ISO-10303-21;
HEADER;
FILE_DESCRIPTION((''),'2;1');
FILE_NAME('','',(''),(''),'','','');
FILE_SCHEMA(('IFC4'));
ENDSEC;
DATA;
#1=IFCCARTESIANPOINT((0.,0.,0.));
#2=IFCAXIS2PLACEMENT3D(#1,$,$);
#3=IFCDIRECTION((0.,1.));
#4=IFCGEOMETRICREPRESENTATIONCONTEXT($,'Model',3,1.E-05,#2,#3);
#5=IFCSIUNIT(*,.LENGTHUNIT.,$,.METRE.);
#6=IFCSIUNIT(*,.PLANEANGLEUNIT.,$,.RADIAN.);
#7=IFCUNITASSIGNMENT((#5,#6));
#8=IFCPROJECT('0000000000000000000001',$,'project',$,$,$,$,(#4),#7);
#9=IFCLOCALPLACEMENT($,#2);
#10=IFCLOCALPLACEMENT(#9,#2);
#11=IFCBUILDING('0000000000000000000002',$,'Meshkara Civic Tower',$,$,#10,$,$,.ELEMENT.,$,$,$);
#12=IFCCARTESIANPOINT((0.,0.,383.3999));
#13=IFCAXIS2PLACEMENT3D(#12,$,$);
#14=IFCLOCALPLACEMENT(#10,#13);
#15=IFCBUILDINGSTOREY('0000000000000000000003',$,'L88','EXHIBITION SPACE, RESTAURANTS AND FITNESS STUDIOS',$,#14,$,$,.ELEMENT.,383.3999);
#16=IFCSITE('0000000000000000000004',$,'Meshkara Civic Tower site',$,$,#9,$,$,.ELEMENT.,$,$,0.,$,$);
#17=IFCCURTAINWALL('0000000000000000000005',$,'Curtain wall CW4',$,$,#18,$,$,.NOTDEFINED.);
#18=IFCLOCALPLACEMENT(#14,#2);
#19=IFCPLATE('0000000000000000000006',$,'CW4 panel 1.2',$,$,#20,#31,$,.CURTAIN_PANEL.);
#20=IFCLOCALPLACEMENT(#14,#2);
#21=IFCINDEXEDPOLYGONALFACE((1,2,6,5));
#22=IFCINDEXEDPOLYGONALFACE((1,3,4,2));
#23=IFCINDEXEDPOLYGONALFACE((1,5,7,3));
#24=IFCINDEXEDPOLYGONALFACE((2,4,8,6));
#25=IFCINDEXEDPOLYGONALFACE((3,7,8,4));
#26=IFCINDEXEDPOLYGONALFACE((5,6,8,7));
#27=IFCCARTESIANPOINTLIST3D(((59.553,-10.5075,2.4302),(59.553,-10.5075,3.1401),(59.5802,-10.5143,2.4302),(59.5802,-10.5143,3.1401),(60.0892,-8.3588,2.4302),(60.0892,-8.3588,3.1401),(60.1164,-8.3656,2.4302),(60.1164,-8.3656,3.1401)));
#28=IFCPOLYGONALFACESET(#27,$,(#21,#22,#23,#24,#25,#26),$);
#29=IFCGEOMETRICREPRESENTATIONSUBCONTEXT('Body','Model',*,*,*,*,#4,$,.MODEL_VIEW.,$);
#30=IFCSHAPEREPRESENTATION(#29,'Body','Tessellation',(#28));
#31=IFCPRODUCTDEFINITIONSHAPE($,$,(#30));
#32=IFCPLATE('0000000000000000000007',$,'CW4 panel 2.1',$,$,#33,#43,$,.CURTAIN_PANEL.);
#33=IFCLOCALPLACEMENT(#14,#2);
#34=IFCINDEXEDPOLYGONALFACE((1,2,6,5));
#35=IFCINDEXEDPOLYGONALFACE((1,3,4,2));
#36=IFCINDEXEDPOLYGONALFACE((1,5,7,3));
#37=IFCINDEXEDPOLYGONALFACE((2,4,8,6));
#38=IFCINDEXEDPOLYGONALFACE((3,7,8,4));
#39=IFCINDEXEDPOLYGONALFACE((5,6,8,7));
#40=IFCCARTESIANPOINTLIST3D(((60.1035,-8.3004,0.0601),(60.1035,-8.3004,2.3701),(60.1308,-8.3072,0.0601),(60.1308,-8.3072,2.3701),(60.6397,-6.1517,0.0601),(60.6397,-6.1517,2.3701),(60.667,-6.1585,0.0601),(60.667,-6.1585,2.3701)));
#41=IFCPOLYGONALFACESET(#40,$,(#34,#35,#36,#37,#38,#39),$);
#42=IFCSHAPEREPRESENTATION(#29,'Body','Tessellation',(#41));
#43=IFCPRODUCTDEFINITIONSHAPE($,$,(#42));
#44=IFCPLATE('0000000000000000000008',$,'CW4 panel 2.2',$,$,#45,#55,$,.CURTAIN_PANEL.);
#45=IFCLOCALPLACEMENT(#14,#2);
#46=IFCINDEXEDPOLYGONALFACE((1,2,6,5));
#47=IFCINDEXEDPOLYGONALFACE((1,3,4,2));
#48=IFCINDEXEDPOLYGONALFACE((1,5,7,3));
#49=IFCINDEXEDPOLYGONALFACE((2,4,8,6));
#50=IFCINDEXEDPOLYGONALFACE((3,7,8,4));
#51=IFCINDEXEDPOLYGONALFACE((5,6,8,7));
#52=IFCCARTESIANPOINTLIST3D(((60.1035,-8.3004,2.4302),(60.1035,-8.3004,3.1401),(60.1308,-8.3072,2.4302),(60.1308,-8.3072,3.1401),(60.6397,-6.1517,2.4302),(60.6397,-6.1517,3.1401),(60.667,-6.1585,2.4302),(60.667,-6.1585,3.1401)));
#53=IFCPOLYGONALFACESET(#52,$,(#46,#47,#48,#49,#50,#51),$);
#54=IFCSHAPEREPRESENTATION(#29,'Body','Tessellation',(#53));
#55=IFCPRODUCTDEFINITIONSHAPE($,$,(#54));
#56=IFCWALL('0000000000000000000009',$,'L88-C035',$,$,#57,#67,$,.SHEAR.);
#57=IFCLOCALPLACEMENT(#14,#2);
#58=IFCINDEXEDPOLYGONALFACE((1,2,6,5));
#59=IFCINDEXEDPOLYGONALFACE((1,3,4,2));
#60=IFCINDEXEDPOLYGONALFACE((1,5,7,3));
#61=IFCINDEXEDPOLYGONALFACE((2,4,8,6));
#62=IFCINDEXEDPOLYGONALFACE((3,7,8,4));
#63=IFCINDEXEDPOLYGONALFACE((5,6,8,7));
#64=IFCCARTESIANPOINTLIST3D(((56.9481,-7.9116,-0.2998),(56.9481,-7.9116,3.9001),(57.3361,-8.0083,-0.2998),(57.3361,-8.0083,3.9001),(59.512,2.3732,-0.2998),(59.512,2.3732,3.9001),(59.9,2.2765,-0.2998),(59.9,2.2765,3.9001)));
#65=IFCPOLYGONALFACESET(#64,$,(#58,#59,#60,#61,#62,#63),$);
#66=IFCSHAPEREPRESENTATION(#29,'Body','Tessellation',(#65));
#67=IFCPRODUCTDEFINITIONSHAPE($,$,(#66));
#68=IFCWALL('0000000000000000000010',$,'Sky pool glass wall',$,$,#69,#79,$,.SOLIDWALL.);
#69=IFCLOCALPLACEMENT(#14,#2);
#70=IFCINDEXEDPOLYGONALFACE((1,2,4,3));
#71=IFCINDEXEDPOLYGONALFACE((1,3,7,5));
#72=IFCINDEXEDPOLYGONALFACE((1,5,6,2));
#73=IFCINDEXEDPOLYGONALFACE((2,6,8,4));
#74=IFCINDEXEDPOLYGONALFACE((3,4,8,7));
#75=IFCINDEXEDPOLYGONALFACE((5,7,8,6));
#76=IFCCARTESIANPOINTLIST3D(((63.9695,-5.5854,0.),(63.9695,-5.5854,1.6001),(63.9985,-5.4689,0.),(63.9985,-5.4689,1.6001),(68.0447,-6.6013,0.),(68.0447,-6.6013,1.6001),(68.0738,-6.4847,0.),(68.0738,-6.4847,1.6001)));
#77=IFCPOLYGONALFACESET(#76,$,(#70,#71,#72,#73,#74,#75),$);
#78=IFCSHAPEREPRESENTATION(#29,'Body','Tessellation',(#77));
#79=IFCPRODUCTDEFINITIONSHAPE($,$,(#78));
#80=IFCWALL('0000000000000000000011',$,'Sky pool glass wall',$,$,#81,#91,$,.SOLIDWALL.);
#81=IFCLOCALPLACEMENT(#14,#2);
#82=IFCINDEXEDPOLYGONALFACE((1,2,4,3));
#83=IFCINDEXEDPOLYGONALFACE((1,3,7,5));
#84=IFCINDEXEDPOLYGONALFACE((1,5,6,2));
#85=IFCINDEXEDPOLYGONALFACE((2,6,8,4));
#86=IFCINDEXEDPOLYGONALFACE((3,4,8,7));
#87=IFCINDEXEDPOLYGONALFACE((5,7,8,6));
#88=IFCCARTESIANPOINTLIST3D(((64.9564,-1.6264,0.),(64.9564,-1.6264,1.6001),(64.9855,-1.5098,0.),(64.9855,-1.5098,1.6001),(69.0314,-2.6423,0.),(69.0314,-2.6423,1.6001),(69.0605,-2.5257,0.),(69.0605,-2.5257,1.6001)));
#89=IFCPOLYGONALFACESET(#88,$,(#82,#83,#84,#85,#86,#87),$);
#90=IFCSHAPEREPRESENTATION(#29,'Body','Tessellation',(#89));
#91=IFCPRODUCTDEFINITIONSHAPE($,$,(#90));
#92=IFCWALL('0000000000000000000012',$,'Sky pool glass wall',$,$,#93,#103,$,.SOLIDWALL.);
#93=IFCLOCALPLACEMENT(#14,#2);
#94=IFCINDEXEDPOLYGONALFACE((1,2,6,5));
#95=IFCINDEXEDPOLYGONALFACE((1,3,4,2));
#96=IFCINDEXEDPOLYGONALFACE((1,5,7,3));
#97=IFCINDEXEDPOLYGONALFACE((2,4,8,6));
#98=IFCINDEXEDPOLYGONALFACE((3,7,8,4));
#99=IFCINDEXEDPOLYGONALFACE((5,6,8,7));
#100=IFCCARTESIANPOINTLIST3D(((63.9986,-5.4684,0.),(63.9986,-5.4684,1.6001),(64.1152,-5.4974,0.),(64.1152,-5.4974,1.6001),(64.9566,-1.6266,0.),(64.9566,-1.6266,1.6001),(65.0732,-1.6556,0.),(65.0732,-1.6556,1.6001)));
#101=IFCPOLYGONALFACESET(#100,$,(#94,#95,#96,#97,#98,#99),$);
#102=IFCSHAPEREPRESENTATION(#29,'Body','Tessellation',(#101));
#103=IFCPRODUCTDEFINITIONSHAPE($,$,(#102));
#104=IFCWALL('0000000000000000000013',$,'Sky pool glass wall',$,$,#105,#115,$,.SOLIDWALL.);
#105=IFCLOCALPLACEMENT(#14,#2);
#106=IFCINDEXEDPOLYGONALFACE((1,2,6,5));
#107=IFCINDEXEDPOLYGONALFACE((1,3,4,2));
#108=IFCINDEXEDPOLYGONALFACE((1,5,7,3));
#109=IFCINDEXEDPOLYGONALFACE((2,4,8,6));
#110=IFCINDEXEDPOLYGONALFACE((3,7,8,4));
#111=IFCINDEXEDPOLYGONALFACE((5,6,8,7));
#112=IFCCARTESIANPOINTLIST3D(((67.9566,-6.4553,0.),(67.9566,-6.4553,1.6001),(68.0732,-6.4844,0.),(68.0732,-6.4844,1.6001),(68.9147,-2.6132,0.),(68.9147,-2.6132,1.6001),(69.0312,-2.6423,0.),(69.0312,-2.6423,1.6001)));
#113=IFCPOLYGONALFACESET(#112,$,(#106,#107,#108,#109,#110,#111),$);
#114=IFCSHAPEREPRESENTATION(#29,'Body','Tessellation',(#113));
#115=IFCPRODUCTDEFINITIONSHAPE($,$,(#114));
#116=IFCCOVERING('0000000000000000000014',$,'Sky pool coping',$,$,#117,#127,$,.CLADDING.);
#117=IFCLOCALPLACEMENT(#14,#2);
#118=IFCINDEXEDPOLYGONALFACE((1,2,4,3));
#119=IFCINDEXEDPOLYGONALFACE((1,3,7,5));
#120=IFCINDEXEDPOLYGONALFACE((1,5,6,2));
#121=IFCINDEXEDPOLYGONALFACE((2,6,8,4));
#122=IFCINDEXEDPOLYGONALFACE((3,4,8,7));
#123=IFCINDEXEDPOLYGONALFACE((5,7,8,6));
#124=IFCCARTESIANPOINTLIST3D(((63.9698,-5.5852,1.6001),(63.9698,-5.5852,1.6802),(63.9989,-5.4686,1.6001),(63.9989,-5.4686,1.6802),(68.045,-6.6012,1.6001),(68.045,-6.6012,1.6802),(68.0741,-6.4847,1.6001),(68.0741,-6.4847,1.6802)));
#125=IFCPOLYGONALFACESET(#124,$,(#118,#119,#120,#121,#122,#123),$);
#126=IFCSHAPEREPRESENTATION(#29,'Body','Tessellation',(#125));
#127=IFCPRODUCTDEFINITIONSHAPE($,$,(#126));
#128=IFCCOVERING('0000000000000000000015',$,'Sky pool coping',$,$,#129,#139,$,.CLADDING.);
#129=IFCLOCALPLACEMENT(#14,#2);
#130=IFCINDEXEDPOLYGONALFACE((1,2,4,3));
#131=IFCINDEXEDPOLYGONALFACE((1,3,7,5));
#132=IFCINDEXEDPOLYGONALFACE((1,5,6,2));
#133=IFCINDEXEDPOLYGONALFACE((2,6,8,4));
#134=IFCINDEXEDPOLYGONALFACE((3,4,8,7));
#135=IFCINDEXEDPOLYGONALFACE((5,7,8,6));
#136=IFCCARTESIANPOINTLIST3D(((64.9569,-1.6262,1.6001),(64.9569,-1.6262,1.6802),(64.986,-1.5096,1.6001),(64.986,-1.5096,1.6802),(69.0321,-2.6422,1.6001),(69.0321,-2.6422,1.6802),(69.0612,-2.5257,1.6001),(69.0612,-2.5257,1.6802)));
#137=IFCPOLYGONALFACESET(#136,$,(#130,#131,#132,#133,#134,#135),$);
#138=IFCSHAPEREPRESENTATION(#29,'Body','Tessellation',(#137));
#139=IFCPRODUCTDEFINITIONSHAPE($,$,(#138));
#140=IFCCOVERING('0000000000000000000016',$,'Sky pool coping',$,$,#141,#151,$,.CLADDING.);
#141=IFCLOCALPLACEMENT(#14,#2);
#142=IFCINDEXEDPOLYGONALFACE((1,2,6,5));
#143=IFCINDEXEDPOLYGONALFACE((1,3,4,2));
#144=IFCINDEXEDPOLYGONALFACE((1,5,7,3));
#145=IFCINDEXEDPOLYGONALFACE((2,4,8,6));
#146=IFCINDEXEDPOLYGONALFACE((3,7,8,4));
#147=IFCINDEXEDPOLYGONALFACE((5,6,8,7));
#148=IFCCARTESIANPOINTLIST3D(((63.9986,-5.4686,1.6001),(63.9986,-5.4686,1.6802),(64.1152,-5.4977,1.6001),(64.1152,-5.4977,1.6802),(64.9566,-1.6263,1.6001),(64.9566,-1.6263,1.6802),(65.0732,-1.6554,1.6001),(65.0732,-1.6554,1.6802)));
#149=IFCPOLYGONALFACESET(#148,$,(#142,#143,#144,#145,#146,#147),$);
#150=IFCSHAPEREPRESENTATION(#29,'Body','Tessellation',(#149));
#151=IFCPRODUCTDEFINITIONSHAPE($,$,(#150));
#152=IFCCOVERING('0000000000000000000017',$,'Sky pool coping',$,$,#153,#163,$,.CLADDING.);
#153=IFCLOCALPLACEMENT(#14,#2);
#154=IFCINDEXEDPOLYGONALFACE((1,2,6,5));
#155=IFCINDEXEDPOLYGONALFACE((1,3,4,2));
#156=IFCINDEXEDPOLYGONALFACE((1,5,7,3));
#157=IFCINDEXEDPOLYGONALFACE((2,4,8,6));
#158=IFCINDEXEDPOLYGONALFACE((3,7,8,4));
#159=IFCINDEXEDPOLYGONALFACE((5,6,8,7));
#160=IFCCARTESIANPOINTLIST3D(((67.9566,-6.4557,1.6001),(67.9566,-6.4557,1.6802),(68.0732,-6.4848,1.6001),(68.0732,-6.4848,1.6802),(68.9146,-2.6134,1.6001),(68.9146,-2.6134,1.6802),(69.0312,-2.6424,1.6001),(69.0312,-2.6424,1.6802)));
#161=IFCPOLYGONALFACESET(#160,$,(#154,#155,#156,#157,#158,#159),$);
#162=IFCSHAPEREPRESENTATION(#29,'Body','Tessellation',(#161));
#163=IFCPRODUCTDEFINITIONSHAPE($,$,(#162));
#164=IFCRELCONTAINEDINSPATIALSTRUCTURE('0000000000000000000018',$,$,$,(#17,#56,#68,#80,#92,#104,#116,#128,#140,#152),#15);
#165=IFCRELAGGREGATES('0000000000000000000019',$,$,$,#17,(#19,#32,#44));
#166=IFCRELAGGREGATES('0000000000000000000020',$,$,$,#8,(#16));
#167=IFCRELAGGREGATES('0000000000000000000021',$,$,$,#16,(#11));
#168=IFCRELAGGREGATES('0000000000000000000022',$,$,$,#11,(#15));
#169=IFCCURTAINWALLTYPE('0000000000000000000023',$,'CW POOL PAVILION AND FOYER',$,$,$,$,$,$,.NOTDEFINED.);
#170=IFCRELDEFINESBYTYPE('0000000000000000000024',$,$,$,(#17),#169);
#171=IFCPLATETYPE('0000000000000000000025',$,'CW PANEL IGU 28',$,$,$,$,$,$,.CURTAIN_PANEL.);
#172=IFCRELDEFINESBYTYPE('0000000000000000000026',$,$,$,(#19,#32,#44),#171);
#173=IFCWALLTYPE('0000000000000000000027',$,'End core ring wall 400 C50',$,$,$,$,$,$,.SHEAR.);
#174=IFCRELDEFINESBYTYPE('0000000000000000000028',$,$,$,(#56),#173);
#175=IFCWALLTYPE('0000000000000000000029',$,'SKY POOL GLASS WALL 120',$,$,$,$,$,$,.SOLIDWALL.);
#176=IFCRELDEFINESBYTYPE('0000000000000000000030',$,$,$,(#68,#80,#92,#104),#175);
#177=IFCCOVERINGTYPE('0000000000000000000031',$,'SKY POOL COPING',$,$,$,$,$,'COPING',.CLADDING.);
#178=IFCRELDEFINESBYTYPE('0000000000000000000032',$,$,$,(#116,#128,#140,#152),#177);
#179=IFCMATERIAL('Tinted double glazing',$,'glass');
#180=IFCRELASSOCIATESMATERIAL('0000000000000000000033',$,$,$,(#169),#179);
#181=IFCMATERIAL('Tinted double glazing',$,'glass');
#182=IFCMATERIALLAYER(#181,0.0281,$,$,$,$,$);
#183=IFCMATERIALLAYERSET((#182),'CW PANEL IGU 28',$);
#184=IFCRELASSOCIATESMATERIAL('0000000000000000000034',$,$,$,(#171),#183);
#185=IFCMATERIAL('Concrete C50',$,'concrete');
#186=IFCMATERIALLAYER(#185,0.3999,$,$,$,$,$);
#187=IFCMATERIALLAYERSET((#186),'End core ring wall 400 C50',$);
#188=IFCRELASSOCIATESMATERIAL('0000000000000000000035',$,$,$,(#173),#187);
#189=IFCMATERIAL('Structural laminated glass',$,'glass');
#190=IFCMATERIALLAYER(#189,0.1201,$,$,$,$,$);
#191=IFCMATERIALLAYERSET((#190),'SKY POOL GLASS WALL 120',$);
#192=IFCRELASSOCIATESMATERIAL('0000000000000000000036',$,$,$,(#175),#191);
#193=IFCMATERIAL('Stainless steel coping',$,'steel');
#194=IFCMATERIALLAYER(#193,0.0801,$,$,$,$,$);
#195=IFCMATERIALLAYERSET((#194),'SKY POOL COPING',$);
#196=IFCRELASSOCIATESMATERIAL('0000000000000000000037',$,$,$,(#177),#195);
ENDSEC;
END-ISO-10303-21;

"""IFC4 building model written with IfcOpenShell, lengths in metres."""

from ifc_helpers import new_model, si_unit, direction, frame, frame_2d, origin, origin_2d, place, context, subcontext, project, spatial, rectangle, extrude, material, layer, layer_set, type_object, element, aggregate, save


model = new_model("IFC4")

# Units and contexts
model_context = context("Model", 3, precision=1e-05, world=origin(), true_north=direction((0.0, 1.0)))
body_context = subcontext(model_context, "Body", "Model", "MODEL_VIEW")
ifc_project = project(units=[si_unit("LENGTHUNIT", "METRE"), si_unit("PLANEANGLEUNIT", "RADIAN")], contexts=[model_context])

# Site, building, storey
site_placement = place(None, origin())
site = spatial("IfcSite", under=ifc_project, at=site_placement, Name="Meshkara Civic Tower site", CompositionType="ELEMENT", RefElevation=0.0)
building_placement = place(site_placement, origin())
building = spatial("IfcBuilding", under=site, at=building_placement, Name="Meshkara Civic Tower", CompositionType="ELEMENT")
storey_placement = place(building_placement, frame((0.0, 0.0, 383.3999)))
storey = spatial("IfcBuildingStorey", under=building, at=storey_placement, Name="L88", Description="EXHIBITION SPACE, RESTAURANTS AND FITNESS STUDIOS", CompositionType="ELEMENT", Elevation=383.3999)

# Shared definitions
ifc_material_1 = material(Name="Tinted double glazing", Category="glass")
curtain_wall_type = type_object("IfcCurtainWallType", Name="CW POOL PAVILION AND FOYER", PredefinedType="NOTDEFINED", material=ifc_material_1)

# Curtain wall
curtain_wall_1_placement = place(storey_placement, origin())
curtain_wall_1 = element("IfcCurtainWall", 1, at=curtain_wall_1_placement, inside=storey, type_object=curtain_wall_type, Name="Curtain wall CW4", PredefinedType="NOTDEFINED")

# Plates
ifc_material_2 = material(Name="Tinted double glazing", Category="glass")
ifc_layer_1 = layer(ifc_material_2, 0.0281)
ifc_layer_set_1 = layer_set([ifc_layer_1], Name="CW PANEL IGU 28")
plate_type = type_object("IfcPlateType", Name="CW PANEL IGU 28", PredefinedType="CURTAIN_PANEL", material=ifc_layer_set_1)
plate_1_placement = place(storey_placement, frame((59.8347, -9.4365, 2.4302), z_axis=(0.0, 0.0, 1.0), x_axis=(0.242127, 0.970245, 0.0)))
plate_1 = element("IfcPlate", 2, at=plate_1_placement, type_object=plate_type, Name="CW4 panel 1.2", PredefinedType="CURTAIN_PANEL", context=body_context, shape_type="SweptSolid", body=[
    extrude(rectangle(XDim=2.2146, YDim=0.0281, at=origin_2d()), origin(), (0.0, 0.0, 1.0), 0.71),
])
plate_2_placement = place(storey_placement, frame((60.3853, -7.2295, 0.0601), z_axis=(0.0, 0.0, 1.0), x_axis=(0.242127, 0.970245, 0.0)))
plate_2 = element("IfcPlate", 3, at=plate_2_placement, type_object=plate_type, Name="CW4 panel 2.1", PredefinedType="CURTAIN_PANEL", context=body_context, shape_type="SweptSolid", body=[
    extrude(rectangle(XDim=2.2146, YDim=0.0281, at=origin_2d()), origin(), (0.0, 0.0, 1.0), 2.3101),
])
plate_3_placement = place(storey_placement, frame((60.3853, -7.2295, 2.4302), z_axis=(0.0, 0.0, 1.0), x_axis=(0.242127, 0.970245, 0.0)))
plate_3 = element("IfcPlate", 4, at=plate_3_placement, type_object=plate_type, Name="CW4 panel 2.2", PredefinedType="CURTAIN_PANEL", context=body_context, shape_type="SweptSolid", body=[
    extrude(rectangle(XDim=2.2146, YDim=0.0281, at=origin_2d()), origin(), (0.0, 0.0, 1.0), 0.71),
])
aggregate(curtain_wall_1, [plate_1, plate_2, plate_3])

# Walls
ifc_material_3 = material(Name="Concrete C50", Category="concrete")
ifc_layer_2 = layer(ifc_material_3, 0.3999)
ifc_layer_set_2 = layer_set([ifc_layer_2], Name="End core ring wall 400 C50")
wall_type_1 = type_object("IfcWallType", Name="End core ring wall 400 C50", PredefinedType="SHEAR", material=ifc_layer_set_2)
wall_1_placement = place(storey_placement, frame((57.1421, -7.96, -0.2998), z_axis=(0.0, 0.0, 1.0), x_axis=(0.241891, 0.970304, 0.0)))
element("IfcWall", 5, at=wall_1_placement, inside=storey, type_object=wall_type_1, Name="L88-C035", PredefinedType="SHEAR", context=body_context, shape_type="SweptSolid", body=[
    extrude(rectangle(XDim=10.5996, YDim=0.3999, at=frame_2d((5.2998, 0.0))), origin(), (0.0, 0.0, 1.0), 4.2),
])
ifc_material_4 = material(Name="Structural laminated glass", Category="glass")
ifc_layer_3 = layer(ifc_material_4, 0.1201)
ifc_layer_set_3 = layer_set([ifc_layer_3], Name="SKY POOL GLASS WALL 120")
wall_type_2 = type_object("IfcWallType", Name="SKY POOL GLASS WALL 120", PredefinedType="SOLIDWALL", material=ifc_layer_set_3)
wall_2_placement = place(storey_placement, frame((63.9839, -5.5271, 0.0), z_axis=(0.0, 0.0, 1.0), x_axis=(0.970306, -0.241879, 0.0)))
element("IfcWall", 6, at=wall_2_placement, inside=storey, type_object=wall_type_2, Name="Sky pool glass wall", PredefinedType="SOLIDWALL", context=body_context, shape_type="SweptSolid", body=[
    extrude(rectangle(XDim=4.2, YDim=0.1201, at=frame_2d((2.1001, 0.0))), origin(), (0.0, 0.0, 1.0), 1.6001),
])
wall_3_placement = place(storey_placement, frame((64.9709, -1.5681, 0.0), z_axis=(0.0, 0.0, 1.0), x_axis=(0.970303, -0.241893, 0.0)))
element("IfcWall", 7, at=wall_3_placement, inside=storey, type_object=wall_type_2, Name="Sky pool glass wall", PredefinedType="SOLIDWALL", context=body_context, shape_type="SweptSolid", body=[
    extrude(rectangle(XDim=4.1997, YDim=0.1201, at=frame_2d((2.0999, 0.0))), origin(), (0.0, 0.0, 1.0), 1.6001),
])
wall_4_placement = place(storey_placement, frame((64.0569, -5.4829, 0.0), z_axis=(0.0, 0.0, 1.0), x_axis=(0.241955, 0.970287, 0.0)))
element("IfcWall", 8, at=wall_4_placement, inside=storey, type_object=wall_type_2, Name="Sky pool glass wall", PredefinedType="SOLIDWALL", context=body_context, shape_type="SweptSolid", body=[
    extrude(rectangle(XDim=3.9595, YDim=0.1201, at=frame_2d((1.9797, 0.0))), origin(), (0.0, 0.0, 1.0), 1.6001),
])
wall_5_placement = place(storey_placement, frame((68.0149, -6.47, 0.0), z_axis=(0.0, 0.0, 1.0), x_axis=(0.241941, 0.970291, 0.0)))
element("IfcWall", 9, at=wall_5_placement, inside=storey, type_object=wall_type_2, Name="Sky pool glass wall", PredefinedType="SOLIDWALL", context=body_context, shape_type="SweptSolid", body=[
    extrude(rectangle(XDim=3.9597, YDim=0.1201, at=frame_2d((1.98, 0.0))), origin(), (0.0, 0.0, 1.0), 1.6001),
])

# Coverings
ifc_material_5 = material(Name="Stainless steel coping", Category="steel")
ifc_layer_4 = layer(ifc_material_5, 0.0801)
ifc_layer_set_4 = layer_set([ifc_layer_4], Name="SKY POOL COPING")
covering_type = type_object("IfcCoveringType", Name="SKY POOL COPING", ElementType="COPING", PredefinedType="CLADDING", material=ifc_layer_set_4)
for number, where, z_axis, x_axis, name in (
    (10, (66.022, -6.0349, 1.6001), (0.0, 0.0, 1.0), (0.970296, -0.241922, 0.0), "Sky pool coping"),
    (11, (67.009, -2.0759, 1.6001), (0.0, 0.0, 1.0), (0.970296, -0.241922, 0.0), "Sky pool coping"),
):
    element("IfcCovering", number, at=place(storey_placement, frame(where, z_axis=z_axis, x_axis=x_axis)), inside=storey, type_object=covering_type, Name=name, PredefinedType="CLADDING", context=body_context, shape_type="SweptSolid", body=[
        extrude(rectangle(XDim=4.2, YDim=0.1201, at=origin_2d()), origin(), (0.0, 0.0, 1.0), 0.0801),
    ])
for number, where, z_axis, x_axis, name in (
    (12, (64.5359, -3.562, 1.6001), (0.0, 0.0, 1.0), (0.241922, 0.970296, 0.0), "Sky pool coping"),
    (13, (68.4939, -4.5491, 1.6001), (0.0, 0.0, 1.0), (0.241922, 0.970296, 0.0), "Sky pool coping"),
):
    element("IfcCovering", number, at=place(storey_placement, frame(where, z_axis=z_axis, x_axis=x_axis)), inside=storey, type_object=covering_type, Name=name, PredefinedType="CLADDING", context=body_context, shape_type="SweptSolid", body=[
        extrude(rectangle(XDim=3.96, YDim=0.1201, at=origin_2d()), origin(), (0.0, 0.0, 1.0), 0.0801),
    ])

save(model, "model.ifc")
